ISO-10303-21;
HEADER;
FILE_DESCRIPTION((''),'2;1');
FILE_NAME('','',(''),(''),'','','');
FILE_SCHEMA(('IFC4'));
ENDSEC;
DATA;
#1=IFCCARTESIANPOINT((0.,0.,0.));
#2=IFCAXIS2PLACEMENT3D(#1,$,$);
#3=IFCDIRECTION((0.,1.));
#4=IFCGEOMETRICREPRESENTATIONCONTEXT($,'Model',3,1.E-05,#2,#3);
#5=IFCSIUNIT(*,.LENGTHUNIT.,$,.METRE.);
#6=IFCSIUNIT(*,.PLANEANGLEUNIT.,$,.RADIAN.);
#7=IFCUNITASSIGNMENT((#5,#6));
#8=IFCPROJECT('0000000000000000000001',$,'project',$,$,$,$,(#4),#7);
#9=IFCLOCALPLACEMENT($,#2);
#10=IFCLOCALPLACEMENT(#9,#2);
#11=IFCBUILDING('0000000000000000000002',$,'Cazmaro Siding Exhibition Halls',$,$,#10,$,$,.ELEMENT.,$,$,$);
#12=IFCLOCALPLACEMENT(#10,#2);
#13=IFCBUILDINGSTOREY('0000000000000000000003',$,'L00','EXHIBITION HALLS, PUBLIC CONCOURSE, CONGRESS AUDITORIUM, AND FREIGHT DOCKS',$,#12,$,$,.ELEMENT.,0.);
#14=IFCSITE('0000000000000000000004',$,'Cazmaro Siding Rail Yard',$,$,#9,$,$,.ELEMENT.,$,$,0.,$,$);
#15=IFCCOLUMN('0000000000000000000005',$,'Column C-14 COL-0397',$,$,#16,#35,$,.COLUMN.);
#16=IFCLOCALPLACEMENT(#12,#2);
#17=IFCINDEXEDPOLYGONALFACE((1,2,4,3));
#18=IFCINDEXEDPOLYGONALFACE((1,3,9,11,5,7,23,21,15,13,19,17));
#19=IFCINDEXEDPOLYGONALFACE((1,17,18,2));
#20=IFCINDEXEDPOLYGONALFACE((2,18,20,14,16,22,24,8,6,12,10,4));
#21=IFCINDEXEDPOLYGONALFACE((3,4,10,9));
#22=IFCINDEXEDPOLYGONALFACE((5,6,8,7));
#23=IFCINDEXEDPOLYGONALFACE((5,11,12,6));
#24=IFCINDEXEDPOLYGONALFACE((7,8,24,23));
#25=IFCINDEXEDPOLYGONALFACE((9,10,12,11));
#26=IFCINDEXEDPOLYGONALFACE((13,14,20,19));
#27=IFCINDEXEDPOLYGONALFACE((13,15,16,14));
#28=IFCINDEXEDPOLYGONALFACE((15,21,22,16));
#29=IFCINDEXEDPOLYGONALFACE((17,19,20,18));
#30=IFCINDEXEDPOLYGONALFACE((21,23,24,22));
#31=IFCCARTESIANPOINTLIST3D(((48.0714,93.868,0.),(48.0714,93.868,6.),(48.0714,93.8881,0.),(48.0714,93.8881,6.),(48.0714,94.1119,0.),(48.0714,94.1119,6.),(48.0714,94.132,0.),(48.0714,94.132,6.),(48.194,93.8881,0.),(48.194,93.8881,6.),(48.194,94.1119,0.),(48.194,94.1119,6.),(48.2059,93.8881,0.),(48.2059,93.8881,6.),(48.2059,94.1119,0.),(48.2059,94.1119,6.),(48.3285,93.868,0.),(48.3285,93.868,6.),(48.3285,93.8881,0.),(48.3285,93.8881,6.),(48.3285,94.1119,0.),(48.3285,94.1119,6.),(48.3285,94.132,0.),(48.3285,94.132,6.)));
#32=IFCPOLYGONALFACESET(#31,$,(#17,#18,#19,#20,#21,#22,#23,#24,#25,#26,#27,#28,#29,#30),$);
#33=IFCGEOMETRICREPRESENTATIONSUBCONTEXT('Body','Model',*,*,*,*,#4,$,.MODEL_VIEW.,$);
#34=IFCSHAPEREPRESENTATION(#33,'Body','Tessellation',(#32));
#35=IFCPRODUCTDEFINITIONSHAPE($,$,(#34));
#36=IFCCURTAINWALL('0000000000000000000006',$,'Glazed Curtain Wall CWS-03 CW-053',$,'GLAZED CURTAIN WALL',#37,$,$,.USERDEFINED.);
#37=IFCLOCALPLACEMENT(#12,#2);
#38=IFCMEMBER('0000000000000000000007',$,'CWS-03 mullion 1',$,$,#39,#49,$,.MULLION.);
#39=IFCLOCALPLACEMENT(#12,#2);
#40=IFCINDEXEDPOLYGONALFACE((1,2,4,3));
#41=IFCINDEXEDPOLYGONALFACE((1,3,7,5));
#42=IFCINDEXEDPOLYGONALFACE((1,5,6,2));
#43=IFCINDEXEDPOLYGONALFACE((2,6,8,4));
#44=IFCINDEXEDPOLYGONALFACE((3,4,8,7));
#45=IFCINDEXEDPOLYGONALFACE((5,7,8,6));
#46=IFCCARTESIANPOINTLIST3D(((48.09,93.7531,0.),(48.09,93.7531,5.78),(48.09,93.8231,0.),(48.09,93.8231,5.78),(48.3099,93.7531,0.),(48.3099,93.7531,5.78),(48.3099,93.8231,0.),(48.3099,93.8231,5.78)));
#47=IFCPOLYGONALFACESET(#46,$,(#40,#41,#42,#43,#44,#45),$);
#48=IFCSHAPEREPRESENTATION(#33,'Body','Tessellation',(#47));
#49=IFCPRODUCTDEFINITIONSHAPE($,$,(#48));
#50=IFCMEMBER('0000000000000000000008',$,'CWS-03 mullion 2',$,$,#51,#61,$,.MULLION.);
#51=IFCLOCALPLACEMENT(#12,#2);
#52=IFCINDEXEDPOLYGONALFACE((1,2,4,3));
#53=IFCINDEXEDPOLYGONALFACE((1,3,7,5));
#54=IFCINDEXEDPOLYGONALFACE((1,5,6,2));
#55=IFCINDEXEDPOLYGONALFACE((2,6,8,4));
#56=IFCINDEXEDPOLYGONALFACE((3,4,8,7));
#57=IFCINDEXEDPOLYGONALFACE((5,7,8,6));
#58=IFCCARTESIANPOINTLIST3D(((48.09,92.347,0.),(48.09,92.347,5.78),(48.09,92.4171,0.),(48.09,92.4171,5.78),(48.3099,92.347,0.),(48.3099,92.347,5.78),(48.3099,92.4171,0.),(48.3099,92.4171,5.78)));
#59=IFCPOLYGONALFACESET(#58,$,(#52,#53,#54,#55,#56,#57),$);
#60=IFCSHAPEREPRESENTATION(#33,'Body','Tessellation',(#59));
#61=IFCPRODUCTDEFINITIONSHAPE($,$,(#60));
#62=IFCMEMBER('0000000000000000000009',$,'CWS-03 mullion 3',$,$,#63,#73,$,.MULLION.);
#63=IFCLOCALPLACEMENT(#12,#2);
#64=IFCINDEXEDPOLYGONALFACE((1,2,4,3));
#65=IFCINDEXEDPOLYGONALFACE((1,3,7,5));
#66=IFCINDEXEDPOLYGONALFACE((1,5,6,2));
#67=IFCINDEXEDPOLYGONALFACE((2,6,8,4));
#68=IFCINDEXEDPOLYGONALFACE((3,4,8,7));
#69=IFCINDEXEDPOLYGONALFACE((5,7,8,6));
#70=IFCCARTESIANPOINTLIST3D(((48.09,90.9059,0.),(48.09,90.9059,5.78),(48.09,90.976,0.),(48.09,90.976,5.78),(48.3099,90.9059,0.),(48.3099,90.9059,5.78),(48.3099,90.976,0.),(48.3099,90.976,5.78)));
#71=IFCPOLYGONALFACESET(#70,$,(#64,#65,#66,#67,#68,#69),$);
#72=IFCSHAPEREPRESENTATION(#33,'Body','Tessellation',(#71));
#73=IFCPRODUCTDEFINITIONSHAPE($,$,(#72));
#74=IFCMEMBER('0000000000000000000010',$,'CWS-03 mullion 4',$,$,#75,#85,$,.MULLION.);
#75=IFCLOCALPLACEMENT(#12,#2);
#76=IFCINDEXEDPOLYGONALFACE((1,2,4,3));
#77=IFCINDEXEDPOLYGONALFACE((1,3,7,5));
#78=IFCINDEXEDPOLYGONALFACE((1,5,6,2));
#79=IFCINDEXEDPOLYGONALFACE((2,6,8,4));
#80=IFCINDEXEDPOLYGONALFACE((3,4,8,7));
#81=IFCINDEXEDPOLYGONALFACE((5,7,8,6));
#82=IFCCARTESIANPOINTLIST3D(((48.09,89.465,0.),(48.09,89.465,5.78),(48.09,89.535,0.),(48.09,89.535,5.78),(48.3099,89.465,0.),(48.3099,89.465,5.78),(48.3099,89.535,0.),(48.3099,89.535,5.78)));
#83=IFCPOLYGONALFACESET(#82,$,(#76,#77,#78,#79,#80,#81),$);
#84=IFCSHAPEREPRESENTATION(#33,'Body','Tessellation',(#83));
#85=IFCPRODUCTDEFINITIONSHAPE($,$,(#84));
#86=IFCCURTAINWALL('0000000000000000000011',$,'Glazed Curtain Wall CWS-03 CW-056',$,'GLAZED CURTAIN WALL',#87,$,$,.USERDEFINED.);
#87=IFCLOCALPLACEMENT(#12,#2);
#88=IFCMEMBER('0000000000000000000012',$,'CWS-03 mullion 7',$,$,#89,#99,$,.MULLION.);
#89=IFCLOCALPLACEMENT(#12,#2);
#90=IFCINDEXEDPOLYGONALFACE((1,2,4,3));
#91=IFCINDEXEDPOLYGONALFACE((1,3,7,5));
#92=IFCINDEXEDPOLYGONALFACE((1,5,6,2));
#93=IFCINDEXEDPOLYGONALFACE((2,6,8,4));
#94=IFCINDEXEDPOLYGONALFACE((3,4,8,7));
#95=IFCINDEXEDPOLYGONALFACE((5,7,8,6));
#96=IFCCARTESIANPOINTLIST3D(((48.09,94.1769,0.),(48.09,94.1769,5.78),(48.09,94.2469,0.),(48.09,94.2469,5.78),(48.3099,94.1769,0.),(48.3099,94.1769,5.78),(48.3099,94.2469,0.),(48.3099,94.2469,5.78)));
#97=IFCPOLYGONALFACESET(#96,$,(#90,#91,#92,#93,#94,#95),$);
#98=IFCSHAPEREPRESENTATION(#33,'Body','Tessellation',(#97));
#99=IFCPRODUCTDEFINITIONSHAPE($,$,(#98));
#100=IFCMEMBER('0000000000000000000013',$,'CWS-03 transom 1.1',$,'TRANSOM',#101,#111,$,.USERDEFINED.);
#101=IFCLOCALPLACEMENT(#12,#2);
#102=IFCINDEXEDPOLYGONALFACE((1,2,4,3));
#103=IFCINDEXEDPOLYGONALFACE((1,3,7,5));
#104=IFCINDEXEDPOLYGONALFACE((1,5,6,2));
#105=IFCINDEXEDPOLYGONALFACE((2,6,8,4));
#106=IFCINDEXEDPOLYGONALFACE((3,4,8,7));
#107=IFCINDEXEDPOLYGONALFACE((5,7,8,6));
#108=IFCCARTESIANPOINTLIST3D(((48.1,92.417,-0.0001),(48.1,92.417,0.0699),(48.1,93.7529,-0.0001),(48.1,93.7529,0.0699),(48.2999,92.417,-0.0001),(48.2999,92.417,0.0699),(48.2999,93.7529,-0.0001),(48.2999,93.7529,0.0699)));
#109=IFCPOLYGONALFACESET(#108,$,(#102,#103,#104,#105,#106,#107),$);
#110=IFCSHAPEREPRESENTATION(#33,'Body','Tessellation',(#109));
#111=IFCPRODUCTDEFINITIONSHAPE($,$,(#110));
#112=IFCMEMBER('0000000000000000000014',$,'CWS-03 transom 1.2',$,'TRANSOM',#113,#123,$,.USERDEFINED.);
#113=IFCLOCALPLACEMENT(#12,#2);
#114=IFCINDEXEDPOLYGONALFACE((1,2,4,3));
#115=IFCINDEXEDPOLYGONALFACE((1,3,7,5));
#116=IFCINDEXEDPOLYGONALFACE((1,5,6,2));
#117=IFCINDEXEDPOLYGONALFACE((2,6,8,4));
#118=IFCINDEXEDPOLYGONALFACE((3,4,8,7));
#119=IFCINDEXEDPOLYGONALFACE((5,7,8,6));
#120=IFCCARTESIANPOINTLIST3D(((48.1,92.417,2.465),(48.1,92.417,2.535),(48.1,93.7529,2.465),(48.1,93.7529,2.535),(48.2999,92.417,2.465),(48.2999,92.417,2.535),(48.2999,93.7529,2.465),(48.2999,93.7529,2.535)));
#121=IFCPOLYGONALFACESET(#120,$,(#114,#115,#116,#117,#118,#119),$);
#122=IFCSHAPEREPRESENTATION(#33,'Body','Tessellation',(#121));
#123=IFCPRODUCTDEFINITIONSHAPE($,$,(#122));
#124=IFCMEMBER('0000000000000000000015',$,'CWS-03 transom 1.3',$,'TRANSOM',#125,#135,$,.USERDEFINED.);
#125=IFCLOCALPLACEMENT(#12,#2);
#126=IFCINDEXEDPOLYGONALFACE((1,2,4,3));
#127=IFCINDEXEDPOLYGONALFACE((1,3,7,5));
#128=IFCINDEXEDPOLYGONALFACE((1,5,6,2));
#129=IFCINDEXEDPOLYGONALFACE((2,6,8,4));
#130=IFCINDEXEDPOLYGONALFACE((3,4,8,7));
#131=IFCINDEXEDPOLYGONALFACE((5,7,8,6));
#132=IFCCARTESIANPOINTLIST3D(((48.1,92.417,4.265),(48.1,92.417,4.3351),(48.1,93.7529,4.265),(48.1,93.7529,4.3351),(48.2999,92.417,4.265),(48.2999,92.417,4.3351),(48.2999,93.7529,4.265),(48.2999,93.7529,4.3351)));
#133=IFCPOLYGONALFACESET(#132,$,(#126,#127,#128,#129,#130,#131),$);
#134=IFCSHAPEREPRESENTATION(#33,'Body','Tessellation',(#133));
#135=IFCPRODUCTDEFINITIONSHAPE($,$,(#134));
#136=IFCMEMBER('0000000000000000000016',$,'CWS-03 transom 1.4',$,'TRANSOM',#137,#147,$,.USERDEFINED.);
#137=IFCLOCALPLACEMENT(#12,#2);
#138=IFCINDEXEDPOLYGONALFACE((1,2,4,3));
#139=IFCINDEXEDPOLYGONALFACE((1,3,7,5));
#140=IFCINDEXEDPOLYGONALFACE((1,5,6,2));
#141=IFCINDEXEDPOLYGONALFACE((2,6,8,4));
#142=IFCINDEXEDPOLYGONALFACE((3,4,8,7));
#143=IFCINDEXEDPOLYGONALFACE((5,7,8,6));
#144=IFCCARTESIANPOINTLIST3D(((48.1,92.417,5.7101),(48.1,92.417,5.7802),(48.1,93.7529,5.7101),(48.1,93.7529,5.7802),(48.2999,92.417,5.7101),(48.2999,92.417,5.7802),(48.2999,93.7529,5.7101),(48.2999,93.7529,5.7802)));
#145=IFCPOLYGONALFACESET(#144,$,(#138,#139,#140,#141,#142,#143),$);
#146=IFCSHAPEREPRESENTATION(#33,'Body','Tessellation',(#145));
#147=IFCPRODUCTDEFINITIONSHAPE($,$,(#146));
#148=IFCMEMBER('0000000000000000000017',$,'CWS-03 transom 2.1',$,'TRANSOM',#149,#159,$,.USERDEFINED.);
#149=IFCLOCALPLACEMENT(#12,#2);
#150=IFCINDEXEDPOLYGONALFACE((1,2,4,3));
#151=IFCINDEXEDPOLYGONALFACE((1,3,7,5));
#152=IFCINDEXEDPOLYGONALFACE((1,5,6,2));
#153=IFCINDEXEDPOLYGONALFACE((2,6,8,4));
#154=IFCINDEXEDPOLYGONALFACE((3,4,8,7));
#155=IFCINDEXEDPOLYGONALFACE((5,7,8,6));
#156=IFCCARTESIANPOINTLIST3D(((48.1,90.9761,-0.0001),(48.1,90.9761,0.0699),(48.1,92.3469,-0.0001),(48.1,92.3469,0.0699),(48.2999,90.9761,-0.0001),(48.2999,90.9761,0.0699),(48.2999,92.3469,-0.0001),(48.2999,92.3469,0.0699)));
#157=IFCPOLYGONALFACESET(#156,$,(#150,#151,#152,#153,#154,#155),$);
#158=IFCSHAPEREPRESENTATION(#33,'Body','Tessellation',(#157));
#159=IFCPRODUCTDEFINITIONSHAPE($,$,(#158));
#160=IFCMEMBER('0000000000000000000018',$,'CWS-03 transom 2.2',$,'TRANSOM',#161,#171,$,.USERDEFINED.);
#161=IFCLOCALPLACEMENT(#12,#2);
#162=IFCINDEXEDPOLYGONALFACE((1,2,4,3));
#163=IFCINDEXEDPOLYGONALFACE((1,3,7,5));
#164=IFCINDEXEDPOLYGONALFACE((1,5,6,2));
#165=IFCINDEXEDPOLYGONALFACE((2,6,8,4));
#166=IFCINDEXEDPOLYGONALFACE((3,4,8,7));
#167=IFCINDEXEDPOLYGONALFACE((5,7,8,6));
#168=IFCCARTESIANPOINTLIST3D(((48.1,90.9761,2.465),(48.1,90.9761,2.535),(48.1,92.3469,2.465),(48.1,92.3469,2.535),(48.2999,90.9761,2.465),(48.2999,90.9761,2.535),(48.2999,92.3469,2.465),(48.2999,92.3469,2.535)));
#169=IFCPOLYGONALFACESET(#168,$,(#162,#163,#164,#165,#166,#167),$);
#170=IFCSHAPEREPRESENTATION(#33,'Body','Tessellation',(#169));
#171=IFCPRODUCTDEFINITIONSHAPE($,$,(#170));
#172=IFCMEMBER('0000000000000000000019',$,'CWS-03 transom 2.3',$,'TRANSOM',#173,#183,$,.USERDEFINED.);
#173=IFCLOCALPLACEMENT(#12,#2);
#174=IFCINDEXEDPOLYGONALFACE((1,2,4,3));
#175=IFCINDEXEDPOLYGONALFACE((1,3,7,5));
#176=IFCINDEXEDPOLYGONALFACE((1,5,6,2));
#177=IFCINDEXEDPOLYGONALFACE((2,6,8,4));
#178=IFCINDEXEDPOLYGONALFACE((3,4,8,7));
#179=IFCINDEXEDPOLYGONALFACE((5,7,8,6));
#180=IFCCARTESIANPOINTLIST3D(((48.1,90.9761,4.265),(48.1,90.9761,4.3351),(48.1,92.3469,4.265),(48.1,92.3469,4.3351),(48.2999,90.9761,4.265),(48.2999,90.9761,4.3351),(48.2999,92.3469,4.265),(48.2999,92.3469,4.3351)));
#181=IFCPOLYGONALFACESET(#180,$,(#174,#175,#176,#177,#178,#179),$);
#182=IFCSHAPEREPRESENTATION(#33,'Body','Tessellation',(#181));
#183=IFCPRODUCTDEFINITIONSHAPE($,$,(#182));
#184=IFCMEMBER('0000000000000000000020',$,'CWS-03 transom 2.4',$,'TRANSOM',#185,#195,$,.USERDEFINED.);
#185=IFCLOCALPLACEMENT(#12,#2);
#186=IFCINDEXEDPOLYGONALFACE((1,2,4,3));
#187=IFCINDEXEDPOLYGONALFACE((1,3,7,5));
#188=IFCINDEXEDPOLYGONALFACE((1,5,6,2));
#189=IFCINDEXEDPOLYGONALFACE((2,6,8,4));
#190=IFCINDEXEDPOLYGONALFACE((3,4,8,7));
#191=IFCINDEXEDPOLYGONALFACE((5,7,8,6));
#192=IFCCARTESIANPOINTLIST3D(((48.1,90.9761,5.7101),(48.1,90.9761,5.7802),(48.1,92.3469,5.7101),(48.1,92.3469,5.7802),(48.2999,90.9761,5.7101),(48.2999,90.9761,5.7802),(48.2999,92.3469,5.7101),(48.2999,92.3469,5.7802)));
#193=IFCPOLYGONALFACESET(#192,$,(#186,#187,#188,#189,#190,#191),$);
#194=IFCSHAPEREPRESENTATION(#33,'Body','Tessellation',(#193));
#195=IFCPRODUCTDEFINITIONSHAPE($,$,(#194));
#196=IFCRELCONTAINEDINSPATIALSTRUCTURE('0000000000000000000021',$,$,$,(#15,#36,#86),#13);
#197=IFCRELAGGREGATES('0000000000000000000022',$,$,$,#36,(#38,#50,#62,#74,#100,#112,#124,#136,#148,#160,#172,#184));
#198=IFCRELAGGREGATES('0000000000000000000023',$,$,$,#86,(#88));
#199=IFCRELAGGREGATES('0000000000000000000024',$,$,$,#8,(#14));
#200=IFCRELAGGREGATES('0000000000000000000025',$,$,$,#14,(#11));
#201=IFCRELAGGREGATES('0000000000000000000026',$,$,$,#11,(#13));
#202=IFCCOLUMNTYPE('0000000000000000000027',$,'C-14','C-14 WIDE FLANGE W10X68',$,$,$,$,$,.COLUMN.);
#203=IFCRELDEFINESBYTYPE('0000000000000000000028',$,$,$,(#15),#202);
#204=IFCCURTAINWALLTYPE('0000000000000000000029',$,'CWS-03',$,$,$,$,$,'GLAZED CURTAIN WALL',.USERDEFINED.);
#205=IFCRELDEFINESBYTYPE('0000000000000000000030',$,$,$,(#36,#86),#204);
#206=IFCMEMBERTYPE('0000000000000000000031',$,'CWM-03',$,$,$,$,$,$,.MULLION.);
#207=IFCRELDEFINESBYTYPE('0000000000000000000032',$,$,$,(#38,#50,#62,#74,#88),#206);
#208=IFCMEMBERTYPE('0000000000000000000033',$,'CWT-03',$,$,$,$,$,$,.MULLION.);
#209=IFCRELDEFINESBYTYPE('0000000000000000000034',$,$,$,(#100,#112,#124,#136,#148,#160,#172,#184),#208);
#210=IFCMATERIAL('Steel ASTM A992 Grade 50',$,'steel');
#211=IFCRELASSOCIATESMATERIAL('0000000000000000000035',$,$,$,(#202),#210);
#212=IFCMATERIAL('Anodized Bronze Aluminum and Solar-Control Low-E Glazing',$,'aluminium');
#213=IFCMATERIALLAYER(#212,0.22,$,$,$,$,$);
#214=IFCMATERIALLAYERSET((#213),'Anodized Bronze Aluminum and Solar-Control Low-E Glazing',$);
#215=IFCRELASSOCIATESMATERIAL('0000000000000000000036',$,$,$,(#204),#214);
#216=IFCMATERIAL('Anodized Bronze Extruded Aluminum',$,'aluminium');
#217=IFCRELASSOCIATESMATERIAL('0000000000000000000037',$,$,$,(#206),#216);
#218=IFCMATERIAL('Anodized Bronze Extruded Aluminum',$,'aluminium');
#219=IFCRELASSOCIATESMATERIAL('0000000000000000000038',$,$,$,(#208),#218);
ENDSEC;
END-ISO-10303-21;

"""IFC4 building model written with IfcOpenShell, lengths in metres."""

from ifc_helpers import new_model, si_unit, direction, frame, origin, origin_2d, place, context, subcontext, project, spatial, rectangle, i_section, extrude, material, layer, layer_set, material_profile, profile_set, type_object, element, aggregate, save


model = new_model("IFC4")

# Units and contexts
model_context = context("Model", 3, precision=1e-05, world=origin(), true_north=direction((0.0, 1.0)))
body_context = subcontext(model_context, "Body", "Model", "MODEL_VIEW")
ifc_project = project(units=[si_unit("LENGTHUNIT", "METRE"), si_unit("PLANEANGLEUNIT", "RADIAN")], contexts=[model_context])

# Site, building, storey
site_placement = place(None, origin())
site = spatial("IfcSite", under=ifc_project, at=site_placement, Name="Cazmaro Siding Rail Yard", CompositionType="ELEMENT", RefElevation=0.0)
building_placement = place(site_placement, origin())
building = spatial("IfcBuilding", under=site, at=building_placement, Name="Cazmaro Siding Exhibition Halls", CompositionType="ELEMENT")
storey_placement = place(building_placement, origin())
storey = spatial("IfcBuildingStorey", under=building, at=storey_placement, Name="L00", Description="EXHIBITION HALLS, PUBLIC CONCOURSE, CONGRESS AUDITORIUM, AND FREIGHT DOCKS", CompositionType="ELEMENT", Elevation=0.0)

# Column
ifc_material_1 = material(Name="Steel ASTM A992 Grade 50", Category="steel")
ifc_material_profile_1 = material_profile(ifc_material_1, i_section(OverallWidth=0.2571, OverallDepth=0.2639, WebThickness=0.012, FlangeThickness=0.02, at=origin_2d()), Name="W10X68")
ifc_profile_set_1 = profile_set([ifc_material_profile_1], Name="Steel ASTM A992 Grade 50")
column_type = type_object("IfcColumnType", Name="C-14", Description="C-14 WIDE FLANGE W10X68", PredefinedType="COLUMN", material=ifc_profile_set_1)
column_placement = place(storey_placement, frame((48.2, 94.0, 0.0), z_axis=(0.0, 0.0, 1.0), x_axis=(1.0, 0.0, 0.0)))
element("IfcColumn", 1, at=column_placement, inside=storey, type_object=column_type, Name="Column C-14 COL-0397", PredefinedType="COLUMN", context=body_context, shape_type="SweptSolid", body=[
    extrude(i_section(OverallWidth=0.2571, OverallDepth=0.2639, WebThickness=0.012, FlangeThickness=0.02, at=origin_2d()), origin(), (0.0, 0.0, 1.0), 6.0),
])

# Curtain wall, members
ifc_material_2 = material(Name="Anodized Bronze Aluminum and Solar-Control Low-E Glazing", Category="aluminium")
ifc_layer_1 = layer(ifc_material_2, 0.22)
ifc_layer_set_1 = layer_set([ifc_layer_1], Name="Anodized Bronze Aluminum and Solar-Control Low-E Glazing")
curtain_wall_type = type_object("IfcCurtainWallType", Name="CWS-03", ElementType="GLAZED CURTAIN WALL", PredefinedType="USERDEFINED", material=ifc_layer_set_1)
curtain_wall_1_placement = place(storey_placement, origin())
curtain_wall_1 = element("IfcCurtainWall", 2, at=curtain_wall_1_placement, inside=storey, type_object=curtain_wall_type, Name="Glazed Curtain Wall CWS-03 CW-053", ObjectType="GLAZED CURTAIN WALL", PredefinedType="USERDEFINED")
ifc_material_3 = material(Name="Anodized Bronze Extruded Aluminum", Category="aluminium")
ifc_material_profile_2 = material_profile(ifc_material_3, rectangle(XDim=0.22, YDim=0.0701, at=origin_2d()), Name="CWM-03")
ifc_profile_set_2 = profile_set([ifc_material_profile_2], Name="Anodized Bronze Extruded Aluminum")
member_type_1 = type_object("IfcMemberType", Name="CWM-03", PredefinedType="MULLION", material=ifc_profile_set_2)
member_1_placement = place(storey_placement, frame((48.2, 93.7881, 0.0), z_axis=(0.0, 0.0, 1.0), x_axis=(1.0, 0.0, 0.0)))
member_1 = element("IfcMember", 3, at=member_1_placement, type_object=member_type_1, Name="CWS-03 mullion 1", PredefinedType="MULLION", context=body_context, shape_type="SweptSolid", body=[
    extrude(rectangle(XDim=0.22, YDim=0.0701, at=origin_2d()), origin(), (0.0, 0.0, 1.0), 5.78),
])
member_2_placement = place(storey_placement, frame((48.2, 92.3821, 0.0), z_axis=(0.0, 0.0, 1.0), x_axis=(1.0, 0.0, 0.0)))
member_2 = element("IfcMember", 4, at=member_2_placement, type_object=member_type_1, Name="CWS-03 mullion 2", PredefinedType="MULLION", context=body_context, shape_type="SweptSolid", body=[
    extrude(rectangle(XDim=0.22, YDim=0.0701, at=origin_2d()), origin(), (0.0, 0.0, 1.0), 5.78),
])
member_3_placement = place(storey_placement, frame((48.2, 90.9409, 0.0), z_axis=(0.0, 0.0, 1.0), x_axis=(1.0, 0.0, 0.0)))
member_3 = element("IfcMember", 5, at=member_3_placement, type_object=member_type_1, Name="CWS-03 mullion 3", PredefinedType="MULLION", context=body_context, shape_type="SweptSolid", body=[
    extrude(rectangle(XDim=0.22, YDim=0.0701, at=origin_2d()), origin(), (0.0, 0.0, 1.0), 5.78),
])
member_4_placement = place(storey_placement, frame((48.2, 89.5, 0.0), z_axis=(0.0, 0.0, 1.0), x_axis=(1.0, 0.0, 0.0)))
member_4 = element("IfcMember", 6, at=member_4_placement, type_object=member_type_1, Name="CWS-03 mullion 4", PredefinedType="MULLION", context=body_context, shape_type="SweptSolid", body=[
    extrude(rectangle(XDim=0.22, YDim=0.0701, at=origin_2d()), origin(), (0.0, 0.0, 1.0), 5.78),
])

# Curtain wall, member
curtain_wall_2_placement = place(storey_placement, origin())
curtain_wall_2 = element("IfcCurtainWall", 7, at=curtain_wall_2_placement, inside=storey, type_object=curtain_wall_type, Name="Glazed Curtain Wall CWS-03 CW-056", ObjectType="GLAZED CURTAIN WALL", PredefinedType="USERDEFINED")
member_5_placement = place(storey_placement, frame((48.2, 94.2119, 0.0), z_axis=(0.0, 0.0, 1.0), x_axis=(1.0, 0.0, 0.0)))
member_5 = element("IfcMember", 8, at=member_5_placement, type_object=member_type_1, Name="CWS-03 mullion 7", PredefinedType="MULLION", context=body_context, shape_type="SweptSolid", body=[
    extrude(rectangle(XDim=0.22, YDim=0.0701, at=origin_2d()), origin(), (0.0, 0.0, 1.0), 5.78),
])

# Members
ifc_material_4 = material(Name="Anodized Bronze Extruded Aluminum", Category="aluminium")
ifc_material_profile_3 = material_profile(ifc_material_4, rectangle(XDim=0.2, YDim=0.0701, at=origin_2d()), Name="CWT-03")
ifc_profile_set_3 = profile_set([ifc_material_profile_3], Name="Anodized Bronze Extruded Aluminum")
member_type_2 = type_object("IfcMemberType", Name="CWT-03", PredefinedType="MULLION", material=ifc_profile_set_3)
member_6_placement = place(storey_placement, frame((48.2, 93.7529, 0.0349), z_axis=(0.0, -1.0, 0.0), x_axis=(1.0, 0.0, 0.0)))
member_6 = element("IfcMember", 9, at=member_6_placement, type_object=member_type_2, Name="CWS-03 transom 1.1", ObjectType="TRANSOM", PredefinedType="USERDEFINED", context=body_context, shape_type="SweptSolid", body=[
    extrude(rectangle(XDim=0.2, YDim=0.0701, at=origin_2d()), origin(), (0.0, 0.0, 1.0), 1.3359),
])
member_7_placement = place(storey_placement, frame((48.2, 93.7529, 2.5), z_axis=(0.0, -1.0, 0.0), x_axis=(1.0, 0.0, 0.0)))
member_7 = element("IfcMember", 10, at=member_7_placement, type_object=member_type_2, Name="CWS-03 transom 1.2", ObjectType="TRANSOM", PredefinedType="USERDEFINED", context=body_context, shape_type="SweptSolid", body=[
    extrude(rectangle(XDim=0.2, YDim=0.0701, at=origin_2d()), origin(), (0.0, 0.0, 1.0), 1.3359),
])
member_8_placement = place(storey_placement, frame((48.2, 93.7529, 4.3), z_axis=(0.0, -1.0, 0.0), x_axis=(1.0, 0.0, 0.0)))
member_8 = element("IfcMember", 11, at=member_8_placement, type_object=member_type_2, Name="CWS-03 transom 1.3", ObjectType="TRANSOM", PredefinedType="USERDEFINED", context=body_context, shape_type="SweptSolid", body=[
    extrude(rectangle(XDim=0.2, YDim=0.0701, at=origin_2d()), origin(), (0.0, 0.0, 1.0), 1.3359),
])
member_9_placement = place(storey_placement, frame((48.2, 93.7529, 5.7451), z_axis=(0.0, -1.0, 0.0), x_axis=(1.0, 0.0, 0.0)))
member_9 = element("IfcMember", 12, at=member_9_placement, type_object=member_type_2, Name="CWS-03 transom 1.4", ObjectType="TRANSOM", PredefinedType="USERDEFINED", context=body_context, shape_type="SweptSolid", body=[
    extrude(rectangle(XDim=0.2, YDim=0.0701, at=origin_2d()), origin(), (0.0, 0.0, 1.0), 1.3359),
])
member_10_placement = place(storey_placement, frame((48.2, 92.3469, 0.0349), z_axis=(0.0, -1.0, 0.0), x_axis=(1.0, 0.0, 0.0)))
member_10 = element("IfcMember", 13, at=member_10_placement, type_object=member_type_2, Name="CWS-03 transom 2.1", ObjectType="TRANSOM", PredefinedType="USERDEFINED", context=body_context, shape_type="SweptSolid", body=[
    extrude(rectangle(XDim=0.2, YDim=0.0701, at=origin_2d()), origin(), (0.0, 0.0, 1.0), 1.3708),
])
member_11_placement = place(storey_placement, frame((48.2, 92.3469, 2.5), z_axis=(0.0, -1.0, 0.0), x_axis=(1.0, 0.0, 0.0)))
member_11 = element("IfcMember", 14, at=member_11_placement, type_object=member_type_2, Name="CWS-03 transom 2.2", ObjectType="TRANSOM", PredefinedType="USERDEFINED", context=body_context, shape_type="SweptSolid", body=[
    extrude(rectangle(XDim=0.2, YDim=0.0701, at=origin_2d()), origin(), (0.0, 0.0, 1.0), 1.3708),
])
member_12_placement = place(storey_placement, frame((48.2, 92.3469, 4.3), z_axis=(0.0, -1.0, 0.0), x_axis=(1.0, 0.0, 0.0)))
member_12 = element("IfcMember", 15, at=member_12_placement, type_object=member_type_2, Name="CWS-03 transom 2.3", ObjectType="TRANSOM", PredefinedType="USERDEFINED", context=body_context, shape_type="SweptSolid", body=[
    extrude(rectangle(XDim=0.2, YDim=0.0701, at=origin_2d()), origin(), (0.0, 0.0, 1.0), 1.3708),
])
member_13_placement = place(storey_placement, frame((48.2, 92.3469, 5.7451), z_axis=(0.0, -1.0, 0.0), x_axis=(1.0, 0.0, 0.0)))
member_13 = element("IfcMember", 16, at=member_13_placement, type_object=member_type_2, Name="CWS-03 transom 2.4", ObjectType="TRANSOM", PredefinedType="USERDEFINED", context=body_context, shape_type="SweptSolid", body=[
    extrude(rectangle(XDim=0.2, YDim=0.0701, at=origin_2d()), origin(), (0.0, 0.0, 1.0), 1.3708),
])

aggregate(curtain_wall_1, [member_1, member_2, member_3, member_4, member_6, member_7, member_8, member_9, member_10, member_11, member_12, member_13])
aggregate(curtain_wall_2, [member_5])

save(model, "model.ifc")
